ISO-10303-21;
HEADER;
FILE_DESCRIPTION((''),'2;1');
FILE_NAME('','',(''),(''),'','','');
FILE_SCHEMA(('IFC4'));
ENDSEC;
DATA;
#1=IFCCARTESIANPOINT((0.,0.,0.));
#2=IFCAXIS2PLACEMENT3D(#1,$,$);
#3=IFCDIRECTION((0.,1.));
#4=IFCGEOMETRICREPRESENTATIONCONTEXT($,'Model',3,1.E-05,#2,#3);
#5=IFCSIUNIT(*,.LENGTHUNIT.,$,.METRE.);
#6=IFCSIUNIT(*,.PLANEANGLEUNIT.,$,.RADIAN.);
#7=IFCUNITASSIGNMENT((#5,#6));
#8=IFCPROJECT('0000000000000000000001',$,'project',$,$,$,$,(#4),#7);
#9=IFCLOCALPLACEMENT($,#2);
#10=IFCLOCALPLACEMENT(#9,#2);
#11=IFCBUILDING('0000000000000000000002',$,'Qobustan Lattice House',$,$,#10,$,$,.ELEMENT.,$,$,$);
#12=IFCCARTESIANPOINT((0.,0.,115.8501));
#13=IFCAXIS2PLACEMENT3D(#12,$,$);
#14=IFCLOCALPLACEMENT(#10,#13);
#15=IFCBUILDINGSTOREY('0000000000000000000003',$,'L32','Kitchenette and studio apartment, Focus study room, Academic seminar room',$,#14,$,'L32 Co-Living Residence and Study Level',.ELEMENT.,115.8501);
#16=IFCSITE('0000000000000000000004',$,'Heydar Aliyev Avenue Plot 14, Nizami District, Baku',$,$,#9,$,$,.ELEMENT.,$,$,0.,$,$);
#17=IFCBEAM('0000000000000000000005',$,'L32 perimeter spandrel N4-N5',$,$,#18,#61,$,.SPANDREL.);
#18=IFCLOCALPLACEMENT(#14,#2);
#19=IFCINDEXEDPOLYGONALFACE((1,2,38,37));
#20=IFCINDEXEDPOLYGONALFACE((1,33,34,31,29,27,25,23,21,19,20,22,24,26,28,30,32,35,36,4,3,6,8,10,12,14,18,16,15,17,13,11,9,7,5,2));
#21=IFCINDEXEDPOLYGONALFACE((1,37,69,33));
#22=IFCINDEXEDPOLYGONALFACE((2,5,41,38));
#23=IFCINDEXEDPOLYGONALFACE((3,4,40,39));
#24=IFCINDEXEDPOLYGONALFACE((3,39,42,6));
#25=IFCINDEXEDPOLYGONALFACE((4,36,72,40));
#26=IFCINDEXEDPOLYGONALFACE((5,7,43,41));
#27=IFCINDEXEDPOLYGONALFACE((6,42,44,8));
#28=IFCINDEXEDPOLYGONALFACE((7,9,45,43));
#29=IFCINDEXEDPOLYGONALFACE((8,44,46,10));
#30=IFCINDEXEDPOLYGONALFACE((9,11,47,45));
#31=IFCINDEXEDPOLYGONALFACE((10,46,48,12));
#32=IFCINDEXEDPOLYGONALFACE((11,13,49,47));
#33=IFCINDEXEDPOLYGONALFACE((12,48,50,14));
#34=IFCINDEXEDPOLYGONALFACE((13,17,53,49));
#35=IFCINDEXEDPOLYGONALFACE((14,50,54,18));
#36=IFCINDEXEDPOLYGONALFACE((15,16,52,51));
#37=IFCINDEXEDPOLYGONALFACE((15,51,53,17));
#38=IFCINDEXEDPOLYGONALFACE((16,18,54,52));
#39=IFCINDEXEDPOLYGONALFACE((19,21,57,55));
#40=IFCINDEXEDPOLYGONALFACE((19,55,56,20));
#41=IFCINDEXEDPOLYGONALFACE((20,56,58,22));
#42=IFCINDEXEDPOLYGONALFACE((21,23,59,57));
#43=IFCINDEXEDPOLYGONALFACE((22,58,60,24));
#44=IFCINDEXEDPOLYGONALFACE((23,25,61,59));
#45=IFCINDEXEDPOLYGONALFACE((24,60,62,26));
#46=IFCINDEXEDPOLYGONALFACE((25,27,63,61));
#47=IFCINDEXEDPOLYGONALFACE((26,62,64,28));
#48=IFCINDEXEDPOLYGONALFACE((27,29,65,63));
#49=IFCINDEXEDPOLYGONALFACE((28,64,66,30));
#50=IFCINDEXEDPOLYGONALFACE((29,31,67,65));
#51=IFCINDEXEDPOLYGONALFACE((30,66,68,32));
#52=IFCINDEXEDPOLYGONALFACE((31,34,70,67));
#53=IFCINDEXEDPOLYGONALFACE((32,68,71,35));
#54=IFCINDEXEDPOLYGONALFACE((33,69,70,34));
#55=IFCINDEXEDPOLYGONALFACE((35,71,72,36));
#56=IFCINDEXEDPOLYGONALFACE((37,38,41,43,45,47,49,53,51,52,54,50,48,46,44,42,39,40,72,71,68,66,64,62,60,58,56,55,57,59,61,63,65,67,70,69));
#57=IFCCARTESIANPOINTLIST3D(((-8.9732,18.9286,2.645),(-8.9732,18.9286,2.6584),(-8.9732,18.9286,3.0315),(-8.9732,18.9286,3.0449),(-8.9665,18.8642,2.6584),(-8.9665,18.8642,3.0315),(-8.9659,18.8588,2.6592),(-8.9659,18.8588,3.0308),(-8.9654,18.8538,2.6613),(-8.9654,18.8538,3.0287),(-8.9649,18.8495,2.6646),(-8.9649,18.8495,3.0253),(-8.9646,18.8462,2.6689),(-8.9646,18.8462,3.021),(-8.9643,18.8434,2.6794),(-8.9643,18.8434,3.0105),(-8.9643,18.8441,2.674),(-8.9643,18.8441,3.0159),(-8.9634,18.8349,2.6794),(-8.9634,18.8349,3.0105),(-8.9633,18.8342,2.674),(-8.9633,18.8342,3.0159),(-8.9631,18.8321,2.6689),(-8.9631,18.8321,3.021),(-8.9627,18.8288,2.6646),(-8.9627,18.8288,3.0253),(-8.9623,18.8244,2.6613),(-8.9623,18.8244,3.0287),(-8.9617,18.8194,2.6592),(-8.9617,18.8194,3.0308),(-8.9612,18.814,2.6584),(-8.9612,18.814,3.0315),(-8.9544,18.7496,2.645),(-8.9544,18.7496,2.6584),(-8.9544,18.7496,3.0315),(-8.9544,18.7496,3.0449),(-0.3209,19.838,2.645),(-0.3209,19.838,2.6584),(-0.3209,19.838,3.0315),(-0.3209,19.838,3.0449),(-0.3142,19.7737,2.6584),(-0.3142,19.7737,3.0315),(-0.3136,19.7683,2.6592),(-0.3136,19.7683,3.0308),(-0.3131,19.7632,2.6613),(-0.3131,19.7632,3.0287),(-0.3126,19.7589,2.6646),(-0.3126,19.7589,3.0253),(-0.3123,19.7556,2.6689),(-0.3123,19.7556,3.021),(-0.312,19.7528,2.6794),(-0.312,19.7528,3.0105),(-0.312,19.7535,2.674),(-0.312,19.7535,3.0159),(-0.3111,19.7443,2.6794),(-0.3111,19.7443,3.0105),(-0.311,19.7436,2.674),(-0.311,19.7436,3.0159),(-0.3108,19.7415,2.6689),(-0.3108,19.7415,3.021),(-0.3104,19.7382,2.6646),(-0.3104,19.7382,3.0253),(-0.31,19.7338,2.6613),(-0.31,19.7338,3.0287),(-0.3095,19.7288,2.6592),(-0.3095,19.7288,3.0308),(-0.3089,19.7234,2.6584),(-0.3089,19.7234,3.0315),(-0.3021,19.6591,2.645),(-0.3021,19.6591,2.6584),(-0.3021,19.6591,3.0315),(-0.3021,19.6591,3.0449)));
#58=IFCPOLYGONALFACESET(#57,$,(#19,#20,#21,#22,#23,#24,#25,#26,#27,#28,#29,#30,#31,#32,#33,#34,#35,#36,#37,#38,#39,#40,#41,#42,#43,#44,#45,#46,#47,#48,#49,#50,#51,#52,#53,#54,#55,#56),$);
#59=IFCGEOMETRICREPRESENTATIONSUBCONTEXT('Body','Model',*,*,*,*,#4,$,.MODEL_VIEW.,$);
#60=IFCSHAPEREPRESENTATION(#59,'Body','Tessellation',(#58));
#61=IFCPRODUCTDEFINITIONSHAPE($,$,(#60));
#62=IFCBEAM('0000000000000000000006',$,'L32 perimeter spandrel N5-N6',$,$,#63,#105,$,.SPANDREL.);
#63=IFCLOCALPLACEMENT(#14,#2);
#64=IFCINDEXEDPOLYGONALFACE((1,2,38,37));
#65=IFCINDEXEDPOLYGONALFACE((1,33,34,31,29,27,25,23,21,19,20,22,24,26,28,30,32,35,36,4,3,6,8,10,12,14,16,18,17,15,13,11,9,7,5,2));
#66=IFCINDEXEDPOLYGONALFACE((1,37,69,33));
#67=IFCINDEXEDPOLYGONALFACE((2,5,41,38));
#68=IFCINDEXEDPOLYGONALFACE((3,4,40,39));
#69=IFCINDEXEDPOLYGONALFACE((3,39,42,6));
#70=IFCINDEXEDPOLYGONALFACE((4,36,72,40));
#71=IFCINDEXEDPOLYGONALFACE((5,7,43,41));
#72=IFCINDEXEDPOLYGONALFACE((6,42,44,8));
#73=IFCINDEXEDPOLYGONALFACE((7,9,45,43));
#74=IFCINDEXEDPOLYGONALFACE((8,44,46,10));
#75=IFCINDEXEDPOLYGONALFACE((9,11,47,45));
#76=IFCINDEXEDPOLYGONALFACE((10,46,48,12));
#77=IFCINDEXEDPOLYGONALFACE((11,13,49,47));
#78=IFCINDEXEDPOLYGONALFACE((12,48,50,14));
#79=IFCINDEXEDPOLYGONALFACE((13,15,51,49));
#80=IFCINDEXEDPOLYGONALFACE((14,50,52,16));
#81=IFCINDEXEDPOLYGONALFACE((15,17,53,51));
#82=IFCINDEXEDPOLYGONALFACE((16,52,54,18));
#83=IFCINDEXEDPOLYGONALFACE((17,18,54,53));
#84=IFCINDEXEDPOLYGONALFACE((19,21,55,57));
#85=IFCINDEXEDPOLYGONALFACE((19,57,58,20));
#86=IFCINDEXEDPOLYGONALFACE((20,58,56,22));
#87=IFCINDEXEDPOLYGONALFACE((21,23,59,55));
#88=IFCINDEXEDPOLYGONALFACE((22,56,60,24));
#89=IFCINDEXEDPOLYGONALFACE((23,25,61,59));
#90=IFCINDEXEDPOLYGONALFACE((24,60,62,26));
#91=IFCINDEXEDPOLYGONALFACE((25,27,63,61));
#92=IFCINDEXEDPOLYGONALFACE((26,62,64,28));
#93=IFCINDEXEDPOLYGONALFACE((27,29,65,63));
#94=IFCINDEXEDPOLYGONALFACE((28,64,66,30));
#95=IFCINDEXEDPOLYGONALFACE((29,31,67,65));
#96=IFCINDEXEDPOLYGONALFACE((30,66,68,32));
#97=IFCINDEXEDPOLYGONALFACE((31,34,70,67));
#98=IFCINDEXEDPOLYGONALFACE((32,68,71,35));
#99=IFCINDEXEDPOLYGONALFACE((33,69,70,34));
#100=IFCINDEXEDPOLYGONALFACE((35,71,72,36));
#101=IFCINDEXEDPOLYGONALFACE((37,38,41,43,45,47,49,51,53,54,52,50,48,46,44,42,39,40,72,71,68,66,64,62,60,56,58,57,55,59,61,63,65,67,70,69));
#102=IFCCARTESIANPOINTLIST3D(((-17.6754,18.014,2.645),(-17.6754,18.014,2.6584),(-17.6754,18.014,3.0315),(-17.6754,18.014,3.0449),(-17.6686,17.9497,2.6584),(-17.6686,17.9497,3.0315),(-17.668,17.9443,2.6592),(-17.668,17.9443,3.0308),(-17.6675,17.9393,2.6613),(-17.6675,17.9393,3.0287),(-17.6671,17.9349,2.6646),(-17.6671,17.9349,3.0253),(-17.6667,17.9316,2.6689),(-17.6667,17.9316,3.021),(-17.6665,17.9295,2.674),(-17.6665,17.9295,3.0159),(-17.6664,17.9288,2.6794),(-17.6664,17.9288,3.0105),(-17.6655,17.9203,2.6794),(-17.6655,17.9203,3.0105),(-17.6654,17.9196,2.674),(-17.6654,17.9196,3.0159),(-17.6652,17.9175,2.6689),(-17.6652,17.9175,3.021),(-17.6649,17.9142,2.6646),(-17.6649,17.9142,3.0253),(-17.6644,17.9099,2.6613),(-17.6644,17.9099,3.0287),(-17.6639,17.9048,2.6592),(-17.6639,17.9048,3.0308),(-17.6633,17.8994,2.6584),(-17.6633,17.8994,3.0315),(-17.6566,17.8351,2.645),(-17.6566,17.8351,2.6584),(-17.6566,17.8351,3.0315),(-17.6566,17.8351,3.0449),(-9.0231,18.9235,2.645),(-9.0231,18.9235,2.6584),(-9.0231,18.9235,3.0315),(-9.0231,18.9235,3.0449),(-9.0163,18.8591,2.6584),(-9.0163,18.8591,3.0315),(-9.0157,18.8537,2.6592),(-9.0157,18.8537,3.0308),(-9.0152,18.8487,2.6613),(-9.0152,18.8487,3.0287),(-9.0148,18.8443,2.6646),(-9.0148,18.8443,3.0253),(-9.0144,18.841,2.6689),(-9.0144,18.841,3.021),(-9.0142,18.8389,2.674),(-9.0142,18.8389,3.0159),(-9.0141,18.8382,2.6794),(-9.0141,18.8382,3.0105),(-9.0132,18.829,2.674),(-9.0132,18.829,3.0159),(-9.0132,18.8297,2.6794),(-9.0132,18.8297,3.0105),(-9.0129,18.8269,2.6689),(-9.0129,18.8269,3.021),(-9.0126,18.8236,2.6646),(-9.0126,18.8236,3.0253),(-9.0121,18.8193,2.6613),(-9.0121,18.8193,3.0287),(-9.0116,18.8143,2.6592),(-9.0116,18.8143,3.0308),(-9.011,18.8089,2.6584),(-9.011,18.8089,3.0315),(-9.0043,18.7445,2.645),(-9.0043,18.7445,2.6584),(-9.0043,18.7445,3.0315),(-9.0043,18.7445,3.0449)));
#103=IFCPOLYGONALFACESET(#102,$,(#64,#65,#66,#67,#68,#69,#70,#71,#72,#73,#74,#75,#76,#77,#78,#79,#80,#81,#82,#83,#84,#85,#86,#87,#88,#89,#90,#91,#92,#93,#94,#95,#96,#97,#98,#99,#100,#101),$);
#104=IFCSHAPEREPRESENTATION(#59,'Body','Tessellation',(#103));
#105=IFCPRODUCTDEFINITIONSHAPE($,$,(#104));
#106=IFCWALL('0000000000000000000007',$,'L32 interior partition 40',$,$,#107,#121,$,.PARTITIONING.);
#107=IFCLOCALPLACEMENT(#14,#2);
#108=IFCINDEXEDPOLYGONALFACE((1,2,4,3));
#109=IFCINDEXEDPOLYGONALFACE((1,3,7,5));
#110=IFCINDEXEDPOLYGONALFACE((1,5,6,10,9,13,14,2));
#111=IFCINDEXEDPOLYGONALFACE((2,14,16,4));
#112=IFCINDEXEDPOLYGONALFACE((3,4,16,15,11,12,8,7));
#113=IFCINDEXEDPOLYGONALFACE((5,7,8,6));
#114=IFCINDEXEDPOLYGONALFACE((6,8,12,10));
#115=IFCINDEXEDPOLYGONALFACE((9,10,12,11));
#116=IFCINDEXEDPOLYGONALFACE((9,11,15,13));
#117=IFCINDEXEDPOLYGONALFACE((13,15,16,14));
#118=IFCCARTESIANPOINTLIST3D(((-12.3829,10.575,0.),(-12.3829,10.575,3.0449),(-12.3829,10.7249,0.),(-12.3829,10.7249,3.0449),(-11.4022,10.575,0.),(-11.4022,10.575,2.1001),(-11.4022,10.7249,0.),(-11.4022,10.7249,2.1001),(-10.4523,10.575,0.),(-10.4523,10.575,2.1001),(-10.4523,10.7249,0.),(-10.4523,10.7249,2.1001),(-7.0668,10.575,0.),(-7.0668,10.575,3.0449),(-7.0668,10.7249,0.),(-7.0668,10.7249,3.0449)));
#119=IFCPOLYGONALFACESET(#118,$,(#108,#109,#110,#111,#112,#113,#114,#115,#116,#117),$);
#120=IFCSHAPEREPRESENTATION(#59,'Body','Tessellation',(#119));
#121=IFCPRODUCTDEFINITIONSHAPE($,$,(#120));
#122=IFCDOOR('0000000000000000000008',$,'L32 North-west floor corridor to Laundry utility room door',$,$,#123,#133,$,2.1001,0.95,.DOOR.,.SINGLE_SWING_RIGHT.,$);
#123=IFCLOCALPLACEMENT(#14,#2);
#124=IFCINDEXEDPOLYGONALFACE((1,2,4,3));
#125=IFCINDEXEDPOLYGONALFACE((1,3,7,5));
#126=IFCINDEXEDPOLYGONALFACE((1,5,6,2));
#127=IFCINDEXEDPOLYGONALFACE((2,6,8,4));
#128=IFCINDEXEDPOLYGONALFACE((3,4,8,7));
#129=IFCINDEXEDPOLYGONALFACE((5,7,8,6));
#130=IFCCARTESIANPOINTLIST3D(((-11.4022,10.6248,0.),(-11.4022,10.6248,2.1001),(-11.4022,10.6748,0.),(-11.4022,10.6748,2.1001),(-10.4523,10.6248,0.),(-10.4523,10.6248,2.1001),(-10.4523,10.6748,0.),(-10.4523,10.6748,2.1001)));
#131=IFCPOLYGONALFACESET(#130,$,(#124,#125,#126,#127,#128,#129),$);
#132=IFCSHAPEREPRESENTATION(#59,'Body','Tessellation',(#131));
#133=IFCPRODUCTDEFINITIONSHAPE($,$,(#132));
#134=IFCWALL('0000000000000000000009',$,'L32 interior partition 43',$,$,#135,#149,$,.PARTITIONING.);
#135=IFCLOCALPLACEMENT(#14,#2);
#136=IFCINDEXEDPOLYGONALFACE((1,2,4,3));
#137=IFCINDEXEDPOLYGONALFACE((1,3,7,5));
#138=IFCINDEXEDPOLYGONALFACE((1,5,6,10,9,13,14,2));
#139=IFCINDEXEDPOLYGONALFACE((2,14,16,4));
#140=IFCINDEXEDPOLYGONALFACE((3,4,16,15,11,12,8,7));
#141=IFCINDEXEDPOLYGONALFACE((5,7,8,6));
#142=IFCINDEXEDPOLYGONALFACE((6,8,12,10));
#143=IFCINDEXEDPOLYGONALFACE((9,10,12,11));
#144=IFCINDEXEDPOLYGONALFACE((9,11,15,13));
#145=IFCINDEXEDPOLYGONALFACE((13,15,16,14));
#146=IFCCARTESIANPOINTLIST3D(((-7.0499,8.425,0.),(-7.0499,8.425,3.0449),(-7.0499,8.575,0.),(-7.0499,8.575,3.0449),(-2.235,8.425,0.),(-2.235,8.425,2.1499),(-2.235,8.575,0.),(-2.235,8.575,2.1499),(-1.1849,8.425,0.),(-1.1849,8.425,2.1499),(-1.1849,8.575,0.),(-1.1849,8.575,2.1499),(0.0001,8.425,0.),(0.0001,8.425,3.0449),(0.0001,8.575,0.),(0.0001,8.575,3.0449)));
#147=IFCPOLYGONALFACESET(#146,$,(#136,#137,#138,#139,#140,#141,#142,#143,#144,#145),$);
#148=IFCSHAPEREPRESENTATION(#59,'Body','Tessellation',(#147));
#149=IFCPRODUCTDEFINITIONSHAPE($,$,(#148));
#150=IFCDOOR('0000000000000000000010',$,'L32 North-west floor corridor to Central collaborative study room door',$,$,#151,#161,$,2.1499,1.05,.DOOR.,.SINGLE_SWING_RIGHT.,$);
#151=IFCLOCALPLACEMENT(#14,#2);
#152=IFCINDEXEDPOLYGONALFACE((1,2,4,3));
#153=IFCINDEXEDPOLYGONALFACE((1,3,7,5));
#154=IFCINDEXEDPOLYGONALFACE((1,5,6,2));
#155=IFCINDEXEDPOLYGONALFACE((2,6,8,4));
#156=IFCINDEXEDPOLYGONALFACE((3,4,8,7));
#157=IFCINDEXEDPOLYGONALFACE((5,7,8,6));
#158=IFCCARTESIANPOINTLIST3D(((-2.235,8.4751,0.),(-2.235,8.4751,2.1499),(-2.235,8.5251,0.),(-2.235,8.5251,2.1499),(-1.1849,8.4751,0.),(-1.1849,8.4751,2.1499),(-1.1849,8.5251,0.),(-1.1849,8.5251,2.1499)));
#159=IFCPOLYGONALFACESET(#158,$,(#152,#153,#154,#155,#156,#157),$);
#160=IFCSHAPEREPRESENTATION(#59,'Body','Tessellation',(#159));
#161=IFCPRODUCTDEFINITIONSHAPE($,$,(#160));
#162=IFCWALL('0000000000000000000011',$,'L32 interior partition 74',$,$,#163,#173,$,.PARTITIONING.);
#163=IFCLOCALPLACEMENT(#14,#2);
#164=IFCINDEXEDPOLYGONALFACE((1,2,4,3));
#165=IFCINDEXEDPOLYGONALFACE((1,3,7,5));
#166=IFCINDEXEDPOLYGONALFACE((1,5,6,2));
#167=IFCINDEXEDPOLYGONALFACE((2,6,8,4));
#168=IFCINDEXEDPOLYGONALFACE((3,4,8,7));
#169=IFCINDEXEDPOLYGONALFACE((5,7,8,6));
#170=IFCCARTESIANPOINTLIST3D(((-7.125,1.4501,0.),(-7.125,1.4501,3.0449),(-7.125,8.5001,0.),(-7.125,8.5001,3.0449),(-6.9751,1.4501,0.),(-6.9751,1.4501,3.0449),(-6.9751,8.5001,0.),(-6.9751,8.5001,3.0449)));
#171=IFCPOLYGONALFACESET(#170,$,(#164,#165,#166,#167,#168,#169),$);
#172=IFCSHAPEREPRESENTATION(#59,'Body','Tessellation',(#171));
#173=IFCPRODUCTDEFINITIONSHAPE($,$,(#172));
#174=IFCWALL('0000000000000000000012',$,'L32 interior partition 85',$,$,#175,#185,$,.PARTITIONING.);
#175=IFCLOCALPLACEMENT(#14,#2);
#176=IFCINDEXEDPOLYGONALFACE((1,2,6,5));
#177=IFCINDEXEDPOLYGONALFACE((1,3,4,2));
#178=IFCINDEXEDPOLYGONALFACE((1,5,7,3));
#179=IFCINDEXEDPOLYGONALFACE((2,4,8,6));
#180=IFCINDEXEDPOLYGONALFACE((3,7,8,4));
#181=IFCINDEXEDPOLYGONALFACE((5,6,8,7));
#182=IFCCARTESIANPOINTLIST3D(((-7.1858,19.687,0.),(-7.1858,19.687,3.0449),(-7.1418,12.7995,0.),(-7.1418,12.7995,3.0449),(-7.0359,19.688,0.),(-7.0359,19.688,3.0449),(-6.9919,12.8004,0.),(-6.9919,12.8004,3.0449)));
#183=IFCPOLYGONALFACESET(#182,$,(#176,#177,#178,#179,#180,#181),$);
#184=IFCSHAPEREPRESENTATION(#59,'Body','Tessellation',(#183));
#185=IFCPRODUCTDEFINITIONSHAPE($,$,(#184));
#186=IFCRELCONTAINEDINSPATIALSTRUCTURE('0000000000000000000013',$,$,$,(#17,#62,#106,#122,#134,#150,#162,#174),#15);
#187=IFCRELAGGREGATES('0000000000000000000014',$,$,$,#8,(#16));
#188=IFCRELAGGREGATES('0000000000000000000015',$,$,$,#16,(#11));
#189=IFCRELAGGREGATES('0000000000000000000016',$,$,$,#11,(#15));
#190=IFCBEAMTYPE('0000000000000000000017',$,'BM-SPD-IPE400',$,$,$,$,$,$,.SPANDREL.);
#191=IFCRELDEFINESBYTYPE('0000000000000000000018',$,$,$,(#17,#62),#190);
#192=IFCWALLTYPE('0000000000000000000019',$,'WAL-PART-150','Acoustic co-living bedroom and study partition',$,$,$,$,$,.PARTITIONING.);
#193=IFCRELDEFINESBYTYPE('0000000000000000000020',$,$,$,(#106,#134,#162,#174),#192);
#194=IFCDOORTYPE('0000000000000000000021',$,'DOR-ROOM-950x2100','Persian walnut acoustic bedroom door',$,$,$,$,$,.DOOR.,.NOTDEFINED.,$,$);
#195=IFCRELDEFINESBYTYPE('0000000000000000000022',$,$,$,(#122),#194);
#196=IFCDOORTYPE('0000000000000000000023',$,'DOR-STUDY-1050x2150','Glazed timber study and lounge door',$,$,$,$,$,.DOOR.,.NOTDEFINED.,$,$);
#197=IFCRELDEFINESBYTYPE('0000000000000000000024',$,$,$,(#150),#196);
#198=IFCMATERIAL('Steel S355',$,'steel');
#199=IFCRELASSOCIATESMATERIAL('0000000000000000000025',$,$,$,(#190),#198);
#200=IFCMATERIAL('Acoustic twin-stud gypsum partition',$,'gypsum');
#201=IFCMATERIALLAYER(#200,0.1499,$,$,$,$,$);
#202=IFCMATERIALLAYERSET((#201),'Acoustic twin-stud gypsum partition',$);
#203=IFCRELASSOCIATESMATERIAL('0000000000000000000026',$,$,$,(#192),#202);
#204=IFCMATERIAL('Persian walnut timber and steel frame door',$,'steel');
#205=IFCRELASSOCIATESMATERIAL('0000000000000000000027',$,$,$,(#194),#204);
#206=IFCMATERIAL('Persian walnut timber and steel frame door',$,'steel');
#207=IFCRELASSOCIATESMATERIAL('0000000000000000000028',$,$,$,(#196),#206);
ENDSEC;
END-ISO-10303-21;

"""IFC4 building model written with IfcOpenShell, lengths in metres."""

from ifc_helpers import new_model, si_unit, direction, frame, frame_2d, origin, origin_2d, place, context, subcontext, project, spatial, rectangle, i_section, extrude, material, layer, layer_set, material_profile, profile_set, type_object, element, fill, save


model = new_model("IFC4")

# Units and contexts
model_context = context("Model", 3, precision=1e-05, world=origin(), true_north=direction((0.0, 1.0)))
body_context = subcontext(model_context, "Body", "Model", "MODEL_VIEW")
ifc_project = project(units=[si_unit("LENGTHUNIT", "METRE"), si_unit("PLANEANGLEUNIT", "RADIAN")], contexts=[model_context])

# Site, building, storey
site_placement = place(None, origin())
site = spatial("IfcSite", under=ifc_project, at=site_placement, Name="Heydar Aliyev Avenue Plot 14, Nizami District, Baku", CompositionType="ELEMENT", RefElevation=0.0)
building_placement = place(site_placement, origin())
building = spatial("IfcBuilding", under=site, at=building_placement, Name="Qobustan Lattice House", CompositionType="ELEMENT")
storey_placement = place(building_placement, frame((0.0, 0.0, 115.8501)))
storey = spatial("IfcBuildingStorey", under=building, at=storey_placement, Name="L32", Description="Kitchenette and studio apartment, Focus study room, Academic seminar room", LongName="L32 Co-Living Residence and Study Level", CompositionType="ELEMENT", Elevation=115.8501)

# Beams
ifc_material_1 = material(Name="Steel S355", Category="steel")
ifc_material_profile_1 = material_profile(ifc_material_1, i_section(OverallWidth=0.1799, OverallDepth=0.3999, WebThickness=0.0085, FlangeThickness=0.0134, FilletRadius=0.021, at=origin_2d()), Name="IPE400")
ifc_profile_set_1 = profile_set([ifc_material_profile_1], Name="Steel S355")
beam_type_1 = type_object("IfcBeamType", Name="BM-SPD-IPE400", PredefinedType="SPANDREL", material=ifc_profile_set_1)
for number, where, z_axis, x_axis, name in (
    (1, (-0.3115, 19.7485, 2.845), (-0.994522, -0.104531, 0.0), (0.104531, -0.994522, 0.0), "L32 perimeter spandrel N4-N5"),
    (2, (-9.0137, 18.834, 2.845), (-0.994522, -0.104531, 0.0), (0.104531, -0.994522, 0.0), "L32 perimeter spandrel N5-N6"),
):
    element("IfcBeam", number, at=place(storey_placement, frame(where, z_axis=z_axis, x_axis=x_axis)), inside=storey, type_object=beam_type_1, Name=name, PredefinedType="SPANDREL", context=body_context, shape_type="SweptSolid", body=[
        extrude(i_section(OverallWidth=0.1799, OverallDepth=0.3999, WebThickness=0.0085, FlangeThickness=0.0134, FilletRadius=0.021, at=origin_2d()), origin(), (0.0, 0.0, 1.0), 8.7),
    ])

# Walls, openings, doors
ifc_material_2 = material(Name="Acoustic twin-stud gypsum partition", Category="gypsum")
ifc_layer_1 = layer(ifc_material_2, 0.1499)
ifc_layer_set_1 = layer_set([ifc_layer_1], Name="Acoustic twin-stud gypsum partition")
wall_type_1 = type_object("IfcWallType", Name="WAL-PART-150", Description="Acoustic co-living bedroom and study partition", PredefinedType="PARTITIONING", material=ifc_layer_set_1)
wall_1_placement = place(storey_placement, frame((-12.3831, 10.6499, 0.0), z_axis=(0.0, 0.0, 1.0), x_axis=(1.0, 0.0, 0.0)))
wall_1 = element("IfcWall", 3, at=wall_1_placement, inside=storey, type_object=wall_type_1, Name="L32 interior partition 40", PredefinedType="PARTITIONING", context=body_context, shape_type="SweptSolid", body=[
    extrude(rectangle(XDim=5.3162, YDim=0.1499, at=frame_2d((2.6582, 0.0))), origin(), (0.0, 0.0, 1.0), 3.0449),
])
opening_1_placement = place(wall_1_placement, frame((0.9807, 0.0, 0.0)))
opening_1 = element("IfcOpeningElement", 4, at=opening_1_placement, cuts=wall_1, PredefinedType="OPENING", context=body_context, shape_type="SweptSolid", body=[
    extrude(rectangle(XDim=0.95, YDim=2.1001, at=frame_2d((0.4751, 1.05))), frame((0.0, 0.085, 0.0), z_axis=(0.0, -1.0, 0.0), x_axis=(1.0, 0.0, 0.0)), (0.0, 0.0, 1.0), 0.1699),
])
ifc_material_3 = material(Name="Persian walnut timber and steel frame door", Category="steel")
door_type_1 = type_object("IfcDoorType", Name="DOR-ROOM-950x2100", Description="Persian walnut acoustic bedroom door", OperationType="NOTDEFINED", PredefinedType="DOOR", material=ifc_material_3)
door_1_placement = place(opening_1_placement, origin())
door_1 = element("IfcDoor", 5, at=door_1_placement, inside=storey, type_object=door_type_1, Name="L32 North-west floor corridor to Laundry utility room door", OperationType="SINGLE_SWING_RIGHT", OverallHeight=2.1001, OverallWidth=0.95, PredefinedType="DOOR", context=body_context, shape_type="SweptSolid", body=[
    extrude(rectangle(XDim=0.95, YDim=2.1001, at=frame_2d((0.4751, 1.05))), frame((0.0, 0.0249, 0.0), z_axis=(0.0, -1.0, 0.0), x_axis=(1.0, 0.0, 0.0)), (0.0, 0.0, 1.0), 0.05),
])
fill(opening_1, door_1)
wall_2_placement = place(storey_placement, frame((0.0, 8.5, 0.0), z_axis=(0.0, 0.0, 1.0), x_axis=(-1.0, 0.0, 0.0)))
wall_2 = element("IfcWall", 6, at=wall_2_placement, inside=storey, type_object=wall_type_1, Name="L32 interior partition 43", PredefinedType="PARTITIONING", context=body_context, shape_type="SweptSolid", body=[
    extrude(rectangle(XDim=7.05, YDim=0.1499, at=frame_2d((3.5249, 0.0))), origin(), (0.0, 0.0, 1.0), 3.0449),
])
opening_2_placement = place(wall_2_placement, frame((1.1851, 0.0, 0.0)))
opening_2 = element("IfcOpeningElement", 7, at=opening_2_placement, cuts=wall_2, PredefinedType="OPENING", context=body_context, shape_type="SweptSolid", body=[
    extrude(rectangle(XDim=1.05, YDim=2.1499, at=frame_2d((0.5249, 1.075))), frame((0.0, 0.085, 0.0), z_axis=(0.0, -1.0, 0.0), x_axis=(1.0, 0.0, 0.0)), (0.0, 0.0, 1.0), 0.1699),
])
ifc_material_4 = material(Name="Persian walnut timber and steel frame door", Category="steel")
door_type_2 = type_object("IfcDoorType", Name="DOR-STUDY-1050x2150", Description="Glazed timber study and lounge door", OperationType="NOTDEFINED", PredefinedType="DOOR", material=ifc_material_4)
door_2_placement = place(opening_2_placement, origin())
door_2 = element("IfcDoor", 8, at=door_2_placement, inside=storey, type_object=door_type_2, Name="L32 North-west floor corridor to Central collaborative study room door", OperationType="SINGLE_SWING_RIGHT", OverallHeight=2.1499, OverallWidth=1.05, PredefinedType="DOOR", context=body_context, shape_type="SweptSolid", body=[
    extrude(rectangle(XDim=1.05, YDim=2.1499, at=frame_2d((0.5249, 1.075))), frame((0.0, 0.0249, 0.0), z_axis=(0.0, -1.0, 0.0), x_axis=(1.0, 0.0, 0.0)), (0.0, 0.0, 1.0), 0.05),
])
fill(opening_2, door_2)

# Walls
wall_3_placement = place(storey_placement, frame((-7.05, 8.5, 0.0), z_axis=(0.0, 0.0, 1.0), x_axis=(0.0, -1.0, 0.0)))
element("IfcWall", 9, at=wall_3_placement, inside=storey, type_object=wall_type_1, Name="L32 interior partition 74", PredefinedType="PARTITIONING", context=body_context, shape_type="SweptSolid", body=[
    extrude(rectangle(XDim=7.05, YDim=0.1499, at=frame_2d((3.5249, 0.0))), origin(), (0.0, 0.0, 1.0), 3.0449),
])
wall_4_placement = place(storey_placement, frame((-7.1108, 19.6875, 0.0), z_axis=(0.0, 0.0, 1.0), x_axis=(0.00638, -0.99998, 0.0)))
element("IfcWall", 10, at=wall_4_placement, inside=storey, type_object=wall_type_1, Name="L32 interior partition 85", PredefinedType="PARTITIONING", context=body_context, shape_type="SweptSolid", body=[
    extrude(rectangle(XDim=6.8877, YDim=0.1499, at=frame_2d((3.4438, 0.0))), origin(), (0.0, 0.0, 1.0), 3.0449),
])

save(model, "model.ifc")
